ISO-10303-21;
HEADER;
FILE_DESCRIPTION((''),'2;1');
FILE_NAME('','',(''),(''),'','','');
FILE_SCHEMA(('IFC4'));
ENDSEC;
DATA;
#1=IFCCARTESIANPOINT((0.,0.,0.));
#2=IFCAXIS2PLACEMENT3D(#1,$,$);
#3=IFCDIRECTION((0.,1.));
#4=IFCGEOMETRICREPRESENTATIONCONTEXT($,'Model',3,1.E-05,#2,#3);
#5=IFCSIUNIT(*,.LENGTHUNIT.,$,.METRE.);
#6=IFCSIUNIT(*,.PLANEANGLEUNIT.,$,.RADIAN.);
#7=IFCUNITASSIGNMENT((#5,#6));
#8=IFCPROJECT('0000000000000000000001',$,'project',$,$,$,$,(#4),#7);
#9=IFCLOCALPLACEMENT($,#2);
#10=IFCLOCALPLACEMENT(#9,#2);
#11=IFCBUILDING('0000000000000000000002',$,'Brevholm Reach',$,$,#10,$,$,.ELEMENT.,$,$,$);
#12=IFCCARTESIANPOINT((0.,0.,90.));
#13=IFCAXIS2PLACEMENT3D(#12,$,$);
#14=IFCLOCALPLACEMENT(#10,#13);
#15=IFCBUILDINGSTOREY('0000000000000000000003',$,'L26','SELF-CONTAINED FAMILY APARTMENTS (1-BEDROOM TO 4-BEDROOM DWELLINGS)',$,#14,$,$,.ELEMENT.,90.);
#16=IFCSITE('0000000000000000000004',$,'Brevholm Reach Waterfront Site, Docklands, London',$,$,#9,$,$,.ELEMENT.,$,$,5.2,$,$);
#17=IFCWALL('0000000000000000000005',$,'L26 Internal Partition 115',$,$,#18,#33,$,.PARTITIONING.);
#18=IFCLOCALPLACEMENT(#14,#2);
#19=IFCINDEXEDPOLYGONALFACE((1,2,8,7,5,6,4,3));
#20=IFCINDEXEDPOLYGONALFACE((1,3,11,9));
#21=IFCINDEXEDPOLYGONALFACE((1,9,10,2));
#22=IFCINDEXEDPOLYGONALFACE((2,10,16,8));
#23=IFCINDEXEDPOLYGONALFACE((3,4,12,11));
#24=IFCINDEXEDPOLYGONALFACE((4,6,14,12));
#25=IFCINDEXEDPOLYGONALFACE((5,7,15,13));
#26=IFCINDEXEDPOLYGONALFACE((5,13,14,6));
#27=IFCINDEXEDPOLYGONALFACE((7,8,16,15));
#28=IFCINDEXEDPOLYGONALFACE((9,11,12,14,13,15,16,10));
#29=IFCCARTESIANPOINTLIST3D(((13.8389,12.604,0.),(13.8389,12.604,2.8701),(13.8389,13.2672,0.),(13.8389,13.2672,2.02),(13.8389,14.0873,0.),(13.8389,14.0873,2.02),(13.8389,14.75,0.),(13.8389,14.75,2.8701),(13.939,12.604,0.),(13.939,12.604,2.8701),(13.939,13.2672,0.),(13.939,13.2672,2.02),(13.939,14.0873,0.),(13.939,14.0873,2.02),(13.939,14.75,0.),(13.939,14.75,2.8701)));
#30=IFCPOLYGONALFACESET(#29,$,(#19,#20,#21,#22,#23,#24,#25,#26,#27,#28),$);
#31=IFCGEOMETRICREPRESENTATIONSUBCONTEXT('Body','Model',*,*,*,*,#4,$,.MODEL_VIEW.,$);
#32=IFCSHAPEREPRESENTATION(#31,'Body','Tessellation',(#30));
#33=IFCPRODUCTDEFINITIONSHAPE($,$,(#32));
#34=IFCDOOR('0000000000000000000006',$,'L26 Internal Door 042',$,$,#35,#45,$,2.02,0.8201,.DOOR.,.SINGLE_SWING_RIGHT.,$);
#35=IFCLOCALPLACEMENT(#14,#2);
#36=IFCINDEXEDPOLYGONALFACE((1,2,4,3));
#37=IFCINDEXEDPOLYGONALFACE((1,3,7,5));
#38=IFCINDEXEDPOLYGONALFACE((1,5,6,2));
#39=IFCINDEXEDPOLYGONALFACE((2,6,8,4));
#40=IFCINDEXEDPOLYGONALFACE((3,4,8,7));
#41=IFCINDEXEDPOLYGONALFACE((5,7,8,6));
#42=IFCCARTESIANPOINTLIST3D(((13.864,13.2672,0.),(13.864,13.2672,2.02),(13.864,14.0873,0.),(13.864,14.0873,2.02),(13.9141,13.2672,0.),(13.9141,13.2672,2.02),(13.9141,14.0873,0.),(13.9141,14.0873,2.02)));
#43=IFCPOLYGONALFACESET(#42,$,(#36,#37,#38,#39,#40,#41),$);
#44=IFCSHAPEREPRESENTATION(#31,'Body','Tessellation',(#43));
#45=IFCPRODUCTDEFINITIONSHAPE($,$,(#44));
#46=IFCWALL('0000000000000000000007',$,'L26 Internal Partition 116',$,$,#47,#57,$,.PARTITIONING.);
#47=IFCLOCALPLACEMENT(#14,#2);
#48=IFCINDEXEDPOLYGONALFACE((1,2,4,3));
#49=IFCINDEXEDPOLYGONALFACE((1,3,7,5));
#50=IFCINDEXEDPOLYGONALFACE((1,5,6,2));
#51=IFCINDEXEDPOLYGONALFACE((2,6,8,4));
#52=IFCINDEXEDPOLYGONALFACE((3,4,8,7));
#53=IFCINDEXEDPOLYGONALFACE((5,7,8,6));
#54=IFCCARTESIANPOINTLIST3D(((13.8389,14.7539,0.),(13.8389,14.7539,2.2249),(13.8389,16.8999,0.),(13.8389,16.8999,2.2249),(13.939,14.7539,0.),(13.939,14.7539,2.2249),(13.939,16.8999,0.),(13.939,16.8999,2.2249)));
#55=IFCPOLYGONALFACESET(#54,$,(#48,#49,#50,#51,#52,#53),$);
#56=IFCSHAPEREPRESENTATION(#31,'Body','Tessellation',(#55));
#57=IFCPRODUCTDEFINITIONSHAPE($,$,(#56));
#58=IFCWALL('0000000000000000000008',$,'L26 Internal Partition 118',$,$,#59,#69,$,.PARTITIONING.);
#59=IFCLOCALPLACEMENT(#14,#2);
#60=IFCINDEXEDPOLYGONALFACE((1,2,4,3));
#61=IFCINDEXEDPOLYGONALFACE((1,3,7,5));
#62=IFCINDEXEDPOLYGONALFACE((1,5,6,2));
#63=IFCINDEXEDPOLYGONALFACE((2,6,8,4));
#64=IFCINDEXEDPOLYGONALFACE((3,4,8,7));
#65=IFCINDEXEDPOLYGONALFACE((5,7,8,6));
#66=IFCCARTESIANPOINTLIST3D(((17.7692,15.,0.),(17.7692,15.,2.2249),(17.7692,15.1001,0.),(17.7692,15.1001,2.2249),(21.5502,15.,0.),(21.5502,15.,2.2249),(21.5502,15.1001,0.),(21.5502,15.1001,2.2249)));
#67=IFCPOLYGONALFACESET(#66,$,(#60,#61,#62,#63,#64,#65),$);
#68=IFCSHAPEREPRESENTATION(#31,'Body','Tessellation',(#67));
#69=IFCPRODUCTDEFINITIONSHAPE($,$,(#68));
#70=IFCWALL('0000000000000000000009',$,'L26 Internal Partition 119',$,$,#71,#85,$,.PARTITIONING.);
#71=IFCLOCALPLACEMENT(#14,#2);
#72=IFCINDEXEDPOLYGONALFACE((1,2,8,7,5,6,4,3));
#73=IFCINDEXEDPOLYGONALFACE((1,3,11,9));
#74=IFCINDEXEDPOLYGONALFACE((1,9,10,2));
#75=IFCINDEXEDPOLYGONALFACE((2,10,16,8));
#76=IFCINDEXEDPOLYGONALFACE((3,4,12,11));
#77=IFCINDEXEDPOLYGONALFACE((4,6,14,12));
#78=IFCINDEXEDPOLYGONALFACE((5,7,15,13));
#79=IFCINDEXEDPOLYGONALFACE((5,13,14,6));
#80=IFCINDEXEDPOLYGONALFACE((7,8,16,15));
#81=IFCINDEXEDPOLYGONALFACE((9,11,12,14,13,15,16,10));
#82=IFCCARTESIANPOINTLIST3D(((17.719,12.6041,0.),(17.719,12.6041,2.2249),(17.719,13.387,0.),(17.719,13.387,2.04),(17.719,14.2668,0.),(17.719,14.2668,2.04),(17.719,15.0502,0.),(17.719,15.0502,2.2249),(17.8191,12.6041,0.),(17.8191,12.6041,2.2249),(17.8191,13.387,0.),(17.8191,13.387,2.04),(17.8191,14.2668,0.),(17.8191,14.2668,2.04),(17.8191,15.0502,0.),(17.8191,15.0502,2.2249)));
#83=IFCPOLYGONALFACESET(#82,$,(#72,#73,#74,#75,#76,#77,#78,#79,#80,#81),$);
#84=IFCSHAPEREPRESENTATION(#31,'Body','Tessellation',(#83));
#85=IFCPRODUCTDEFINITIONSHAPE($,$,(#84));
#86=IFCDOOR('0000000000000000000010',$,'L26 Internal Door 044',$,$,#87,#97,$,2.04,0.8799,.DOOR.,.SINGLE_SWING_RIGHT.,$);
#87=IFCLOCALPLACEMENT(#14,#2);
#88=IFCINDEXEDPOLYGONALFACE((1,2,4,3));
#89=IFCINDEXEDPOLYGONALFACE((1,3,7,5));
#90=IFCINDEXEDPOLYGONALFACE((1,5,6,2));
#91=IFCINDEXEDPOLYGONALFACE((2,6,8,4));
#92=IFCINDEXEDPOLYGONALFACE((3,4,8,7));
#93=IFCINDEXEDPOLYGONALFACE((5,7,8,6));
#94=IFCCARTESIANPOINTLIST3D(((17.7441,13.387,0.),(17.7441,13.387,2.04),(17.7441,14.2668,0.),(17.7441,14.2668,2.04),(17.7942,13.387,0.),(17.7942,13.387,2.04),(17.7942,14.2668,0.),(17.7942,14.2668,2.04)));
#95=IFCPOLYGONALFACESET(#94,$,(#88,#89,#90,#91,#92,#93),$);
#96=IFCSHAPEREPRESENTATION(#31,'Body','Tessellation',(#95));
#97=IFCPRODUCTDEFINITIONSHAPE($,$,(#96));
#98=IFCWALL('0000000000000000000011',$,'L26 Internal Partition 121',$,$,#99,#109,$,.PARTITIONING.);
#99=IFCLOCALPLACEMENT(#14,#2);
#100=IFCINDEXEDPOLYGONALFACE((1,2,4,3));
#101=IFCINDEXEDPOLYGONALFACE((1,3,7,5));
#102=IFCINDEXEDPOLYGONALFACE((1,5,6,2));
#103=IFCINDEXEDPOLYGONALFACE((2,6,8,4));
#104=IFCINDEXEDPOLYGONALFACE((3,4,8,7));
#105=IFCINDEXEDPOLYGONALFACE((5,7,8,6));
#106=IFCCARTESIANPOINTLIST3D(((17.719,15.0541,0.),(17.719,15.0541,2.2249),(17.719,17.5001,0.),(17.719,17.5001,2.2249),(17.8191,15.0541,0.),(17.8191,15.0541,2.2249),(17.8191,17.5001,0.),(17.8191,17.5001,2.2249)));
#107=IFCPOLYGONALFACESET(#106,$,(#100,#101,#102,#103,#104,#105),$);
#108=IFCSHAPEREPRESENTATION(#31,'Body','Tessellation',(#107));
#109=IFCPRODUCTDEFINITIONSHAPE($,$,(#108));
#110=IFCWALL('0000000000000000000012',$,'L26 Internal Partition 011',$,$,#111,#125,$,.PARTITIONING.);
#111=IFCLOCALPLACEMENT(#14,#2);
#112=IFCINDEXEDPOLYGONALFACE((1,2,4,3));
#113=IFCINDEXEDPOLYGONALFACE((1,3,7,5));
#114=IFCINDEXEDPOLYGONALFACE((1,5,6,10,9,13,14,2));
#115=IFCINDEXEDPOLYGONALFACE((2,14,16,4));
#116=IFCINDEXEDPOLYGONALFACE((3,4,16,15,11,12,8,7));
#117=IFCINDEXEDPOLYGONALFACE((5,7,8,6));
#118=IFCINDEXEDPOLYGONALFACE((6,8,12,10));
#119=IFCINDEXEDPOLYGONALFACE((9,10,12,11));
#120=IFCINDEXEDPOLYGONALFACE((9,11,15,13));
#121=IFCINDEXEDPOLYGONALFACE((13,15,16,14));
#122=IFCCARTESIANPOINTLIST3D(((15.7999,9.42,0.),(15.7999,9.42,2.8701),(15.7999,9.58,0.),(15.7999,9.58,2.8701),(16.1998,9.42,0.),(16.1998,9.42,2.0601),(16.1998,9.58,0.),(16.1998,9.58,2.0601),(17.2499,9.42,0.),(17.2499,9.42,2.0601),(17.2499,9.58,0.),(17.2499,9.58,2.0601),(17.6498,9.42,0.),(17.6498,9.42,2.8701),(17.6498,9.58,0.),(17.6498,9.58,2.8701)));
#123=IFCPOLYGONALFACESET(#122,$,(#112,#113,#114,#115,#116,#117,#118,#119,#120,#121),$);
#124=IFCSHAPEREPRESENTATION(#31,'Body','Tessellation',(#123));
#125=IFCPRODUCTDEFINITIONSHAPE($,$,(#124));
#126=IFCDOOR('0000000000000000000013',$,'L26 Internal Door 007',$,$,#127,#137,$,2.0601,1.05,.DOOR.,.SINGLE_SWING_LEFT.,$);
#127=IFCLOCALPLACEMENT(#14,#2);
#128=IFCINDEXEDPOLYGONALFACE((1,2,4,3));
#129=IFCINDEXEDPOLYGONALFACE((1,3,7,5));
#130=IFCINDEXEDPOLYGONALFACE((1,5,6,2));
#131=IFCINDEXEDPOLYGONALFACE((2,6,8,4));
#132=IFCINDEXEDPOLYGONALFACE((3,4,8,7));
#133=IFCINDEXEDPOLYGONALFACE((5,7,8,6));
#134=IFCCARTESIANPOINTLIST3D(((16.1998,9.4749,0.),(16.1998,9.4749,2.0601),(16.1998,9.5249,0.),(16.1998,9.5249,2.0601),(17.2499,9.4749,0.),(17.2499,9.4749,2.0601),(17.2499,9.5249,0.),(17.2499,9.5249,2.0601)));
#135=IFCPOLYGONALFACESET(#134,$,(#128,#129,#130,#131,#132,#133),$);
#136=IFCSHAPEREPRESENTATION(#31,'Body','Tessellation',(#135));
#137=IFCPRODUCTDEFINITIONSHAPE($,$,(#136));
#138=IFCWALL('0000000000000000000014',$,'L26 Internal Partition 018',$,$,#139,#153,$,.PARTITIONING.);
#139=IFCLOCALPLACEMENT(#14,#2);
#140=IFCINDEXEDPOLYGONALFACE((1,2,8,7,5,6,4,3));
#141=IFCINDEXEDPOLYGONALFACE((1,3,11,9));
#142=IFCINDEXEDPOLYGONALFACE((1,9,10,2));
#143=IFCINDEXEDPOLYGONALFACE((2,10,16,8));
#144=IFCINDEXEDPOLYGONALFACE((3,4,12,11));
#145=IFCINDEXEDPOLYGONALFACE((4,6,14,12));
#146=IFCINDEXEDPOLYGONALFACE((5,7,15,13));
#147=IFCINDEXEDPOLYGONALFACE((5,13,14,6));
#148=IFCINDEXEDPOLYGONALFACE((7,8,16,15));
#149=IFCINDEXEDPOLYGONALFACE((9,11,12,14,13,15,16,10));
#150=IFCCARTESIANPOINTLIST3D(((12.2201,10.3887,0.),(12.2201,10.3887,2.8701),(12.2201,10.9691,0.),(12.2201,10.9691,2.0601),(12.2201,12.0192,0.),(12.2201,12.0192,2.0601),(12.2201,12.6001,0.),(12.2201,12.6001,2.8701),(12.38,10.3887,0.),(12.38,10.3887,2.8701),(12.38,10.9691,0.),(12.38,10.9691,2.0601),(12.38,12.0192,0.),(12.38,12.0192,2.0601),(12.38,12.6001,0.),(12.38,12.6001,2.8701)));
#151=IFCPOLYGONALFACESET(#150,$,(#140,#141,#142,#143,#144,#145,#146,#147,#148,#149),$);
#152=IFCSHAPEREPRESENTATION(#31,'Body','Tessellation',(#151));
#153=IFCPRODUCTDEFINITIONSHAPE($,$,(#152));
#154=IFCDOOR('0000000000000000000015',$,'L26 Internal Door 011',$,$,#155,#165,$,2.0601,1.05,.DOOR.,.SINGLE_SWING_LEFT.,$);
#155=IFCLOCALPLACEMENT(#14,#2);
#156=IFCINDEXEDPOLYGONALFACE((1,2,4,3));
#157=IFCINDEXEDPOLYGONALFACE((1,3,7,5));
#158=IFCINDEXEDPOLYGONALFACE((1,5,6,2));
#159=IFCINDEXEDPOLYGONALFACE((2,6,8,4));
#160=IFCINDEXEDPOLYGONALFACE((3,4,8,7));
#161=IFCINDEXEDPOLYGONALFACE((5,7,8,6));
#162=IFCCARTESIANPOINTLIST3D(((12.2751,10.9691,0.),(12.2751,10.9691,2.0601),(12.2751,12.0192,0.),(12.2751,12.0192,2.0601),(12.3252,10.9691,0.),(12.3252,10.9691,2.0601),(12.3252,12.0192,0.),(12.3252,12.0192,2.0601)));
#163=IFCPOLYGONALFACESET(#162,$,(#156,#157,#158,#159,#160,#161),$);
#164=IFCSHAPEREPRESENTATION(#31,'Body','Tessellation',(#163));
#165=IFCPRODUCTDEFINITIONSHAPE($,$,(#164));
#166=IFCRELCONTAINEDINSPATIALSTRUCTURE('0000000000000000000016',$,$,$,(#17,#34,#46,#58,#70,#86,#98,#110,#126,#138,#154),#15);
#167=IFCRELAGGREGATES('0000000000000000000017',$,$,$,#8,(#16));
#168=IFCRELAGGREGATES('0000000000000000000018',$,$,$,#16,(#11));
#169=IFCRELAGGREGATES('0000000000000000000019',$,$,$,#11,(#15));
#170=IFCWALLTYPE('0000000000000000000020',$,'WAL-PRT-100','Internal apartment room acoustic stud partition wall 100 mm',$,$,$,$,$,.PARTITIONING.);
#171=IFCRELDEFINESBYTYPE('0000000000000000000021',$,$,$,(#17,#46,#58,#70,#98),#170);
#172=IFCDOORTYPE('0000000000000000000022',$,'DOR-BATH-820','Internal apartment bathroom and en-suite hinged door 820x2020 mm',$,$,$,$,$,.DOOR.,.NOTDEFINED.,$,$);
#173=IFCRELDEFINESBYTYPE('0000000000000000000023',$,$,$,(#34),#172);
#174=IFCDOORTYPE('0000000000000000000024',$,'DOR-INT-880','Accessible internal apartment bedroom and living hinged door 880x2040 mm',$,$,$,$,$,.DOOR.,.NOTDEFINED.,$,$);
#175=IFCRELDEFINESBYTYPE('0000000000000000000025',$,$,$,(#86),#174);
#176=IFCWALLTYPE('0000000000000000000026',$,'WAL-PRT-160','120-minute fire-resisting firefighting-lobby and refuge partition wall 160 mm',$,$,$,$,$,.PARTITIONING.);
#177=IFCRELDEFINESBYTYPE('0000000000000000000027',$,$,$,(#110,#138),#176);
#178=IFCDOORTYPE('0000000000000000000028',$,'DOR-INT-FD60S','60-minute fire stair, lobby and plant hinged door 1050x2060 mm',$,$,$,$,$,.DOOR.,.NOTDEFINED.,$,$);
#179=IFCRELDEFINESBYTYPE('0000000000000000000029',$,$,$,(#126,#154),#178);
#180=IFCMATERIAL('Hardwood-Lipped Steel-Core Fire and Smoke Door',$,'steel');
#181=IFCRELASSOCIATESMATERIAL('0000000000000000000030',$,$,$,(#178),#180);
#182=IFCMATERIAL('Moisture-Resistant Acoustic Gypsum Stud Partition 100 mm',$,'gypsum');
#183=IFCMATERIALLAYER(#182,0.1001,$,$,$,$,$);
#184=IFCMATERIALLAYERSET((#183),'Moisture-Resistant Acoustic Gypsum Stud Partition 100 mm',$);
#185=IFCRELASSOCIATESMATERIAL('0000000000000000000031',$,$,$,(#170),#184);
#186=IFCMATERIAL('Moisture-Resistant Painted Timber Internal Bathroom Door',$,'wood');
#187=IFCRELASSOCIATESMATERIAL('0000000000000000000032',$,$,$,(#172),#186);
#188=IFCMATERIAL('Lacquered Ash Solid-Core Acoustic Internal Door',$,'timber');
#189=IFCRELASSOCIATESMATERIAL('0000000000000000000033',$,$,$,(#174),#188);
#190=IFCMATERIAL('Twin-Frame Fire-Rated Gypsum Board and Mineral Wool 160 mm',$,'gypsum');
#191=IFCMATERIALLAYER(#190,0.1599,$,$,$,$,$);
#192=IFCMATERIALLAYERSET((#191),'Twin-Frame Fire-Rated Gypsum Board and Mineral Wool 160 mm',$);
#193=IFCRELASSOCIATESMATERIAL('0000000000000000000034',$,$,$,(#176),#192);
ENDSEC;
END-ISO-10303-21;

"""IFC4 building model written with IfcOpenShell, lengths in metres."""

from ifc_helpers import new_model, si_unit, direction, frame, frame_2d, origin, place, context, subcontext, project, spatial, rectangle, extrude, material, layer, layer_set, type_object, element, fill, save


model = new_model("IFC4")

# Units and contexts
model_context = context("Model", 3, precision=1e-05, world=origin(), true_north=direction((0.0, 1.0)))
body_context = subcontext(model_context, "Body", "Model", "MODEL_VIEW")
ifc_project = project(units=[si_unit("LENGTHUNIT", "METRE"), si_unit("PLANEANGLEUNIT", "RADIAN")], contexts=[model_context])

# Site, building, storey
site_placement = place(None, origin())
site = spatial("IfcSite", under=ifc_project, at=site_placement, Name="Brevholm Reach Waterfront Site, Docklands, London", CompositionType="ELEMENT", RefElevation=5.2)
building_placement = place(site_placement, origin())
building = spatial("IfcBuilding", under=site, at=building_placement, Name="Brevholm Reach", CompositionType="ELEMENT")
storey_placement = place(building_placement, frame((0.0, 0.0, 90.0)))
storey = spatial("IfcBuildingStorey", under=building, at=storey_placement, Name="L26", Description="SELF-CONTAINED FAMILY APARTMENTS (1-BEDROOM TO 4-BEDROOM DWELLINGS)", CompositionType="ELEMENT", Elevation=90.0)

# Shared definitions
ifc_material_1 = material(Name="Hardwood-Lipped Steel-Core Fire and Smoke Door", Category="steel")
door_type_1 = type_object("IfcDoorType", Name="DOR-INT-FD60S", Description="60-minute fire stair, lobby and plant hinged door 1050x2060 mm", OperationType="NOTDEFINED", PredefinedType="DOOR", material=ifc_material_1)

# Shared definitions
ifc_material_2 = material(Name="Moisture-Resistant Acoustic Gypsum Stud Partition 100 mm", Category="gypsum")
ifc_layer_1 = layer(ifc_material_2, 0.1001)
ifc_layer_set_1 = layer_set([ifc_layer_1], Name="Moisture-Resistant Acoustic Gypsum Stud Partition 100 mm")
wall_type_1 = type_object("IfcWallType", Name="WAL-PRT-100", Description="Internal apartment room acoustic stud partition wall 100 mm", PredefinedType="PARTITIONING", material=ifc_layer_set_1)

# Wall, opening, door
wall_1_placement = place(storey_placement, frame((13.8889, 12.604, 0.0), z_axis=(0.0, 0.0, 1.0), x_axis=(0.0, 1.0, 0.0)))
wall_1 = element("IfcWall", 1, at=wall_1_placement, inside=storey, type_object=wall_type_1, Name="L26 Internal Partition 115", PredefinedType="PARTITIONING", context=body_context, shape_type="SweptSolid", body=[
    extrude(rectangle(XDim=2.146, YDim=0.1001, at=frame_2d((1.073, 0.0))), origin(), (0.0, 0.0, 1.0), 2.8701),
])
opening_1_placement = place(wall_1_placement, frame((0.6631, 0.0, 0.0)))
opening_1 = element("IfcOpeningElement", 2, at=opening_1_placement, cuts=wall_1, PredefinedType="OPENING", context=body_context, shape_type="SweptSolid", body=[
    extrude(rectangle(XDim=0.8201, YDim=2.02, at=frame_2d((0.4102, 1.01))), frame((0.0, 0.0601, 0.0), z_axis=(0.0, -1.0, 0.0), x_axis=(1.0, 0.0, 0.0)), (0.0, 0.0, 1.0), 0.1201),
])
ifc_material_3 = material(Name="Moisture-Resistant Painted Timber Internal Bathroom Door", Category="wood")
door_type_2 = type_object("IfcDoorType", Name="DOR-BATH-820", Description="Internal apartment bathroom and en-suite hinged door 820x2020 mm", OperationType="NOTDEFINED", PredefinedType="DOOR", material=ifc_material_3)
door_1_placement = place(opening_1_placement, origin())
door_1 = element("IfcDoor", 3, at=door_1_placement, inside=storey, type_object=door_type_2, Name="L26 Internal Door 042", OperationType="SINGLE_SWING_RIGHT", OverallHeight=2.02, OverallWidth=0.8201, PredefinedType="DOOR", context=body_context, shape_type="SweptSolid", body=[
    extrude(rectangle(XDim=0.8201, YDim=2.02, at=frame_2d((0.4102, 1.01))), frame((0.0, 0.0249, 0.0), z_axis=(0.0, -1.0, 0.0), x_axis=(1.0, 0.0, 0.0)), (0.0, 0.0, 1.0), 0.05),
])
fill(opening_1, door_1)

# Walls
wall_2_placement = place(storey_placement, frame((13.8889, 14.7539, 0.0), z_axis=(0.0, 0.0, 1.0), x_axis=(0.0, 1.0, 0.0)))
element("IfcWall", 4, at=wall_2_placement, inside=storey, type_object=wall_type_1, Name="L26 Internal Partition 116", PredefinedType="PARTITIONING", context=body_context, shape_type="SweptSolid", body=[
    extrude(rectangle(XDim=2.146, YDim=0.1001, at=frame_2d((1.073, 0.0))), origin(), (0.0, 0.0, 1.0), 2.2249),
])
wall_3_placement = place(storey_placement, frame((17.769, 15.05, 0.0), z_axis=(0.0, 0.0, 1.0), x_axis=(1.0, 0.0, 0.0)))
element("IfcWall", 5, at=wall_3_placement, inside=storey, type_object=wall_type_1, Name="L26 Internal Partition 118", PredefinedType="PARTITIONING", context=body_context, shape_type="SweptSolid", body=[
    extrude(rectangle(XDim=3.781, YDim=0.1001, at=frame_2d((1.8906, 0.0))), origin(), (0.0, 0.0, 1.0), 2.2249),
])

# Wall, opening, door
wall_4_placement = place(storey_placement, frame((17.769, 12.604, 0.0), z_axis=(0.0, 0.0, 1.0), x_axis=(0.0, 1.0, 0.0)))
wall_4 = element("IfcWall", 6, at=wall_4_placement, inside=storey, type_object=wall_type_1, Name="L26 Internal Partition 119", PredefinedType="PARTITIONING", context=body_context, shape_type="SweptSolid", body=[
    extrude(rectangle(XDim=2.446, YDim=0.1001, at=frame_2d((1.2231, 0.0))), origin(), (0.0, 0.0, 1.0), 2.2249),
])
opening_2_placement = place(wall_4_placement, frame((0.783, 0.0, 0.0)))
opening_2 = element("IfcOpeningElement", 7, at=opening_2_placement, cuts=wall_4, PredefinedType="OPENING", context=body_context, shape_type="SweptSolid", body=[
    extrude(rectangle(XDim=0.8799, YDim=2.04, at=frame_2d((0.4399, 1.02))), frame((0.0, 0.0601, 0.0), z_axis=(0.0, -1.0, 0.0), x_axis=(1.0, 0.0, 0.0)), (0.0, 0.0, 1.0), 0.1201),
])
ifc_material_4 = material(Name="Lacquered Ash Solid-Core Acoustic Internal Door", Category="timber")
door_type_3 = type_object("IfcDoorType", Name="DOR-INT-880", Description="Accessible internal apartment bedroom and living hinged door 880x2040 mm", OperationType="NOTDEFINED", PredefinedType="DOOR", material=ifc_material_4)
door_2_placement = place(opening_2_placement, origin())
door_2 = element("IfcDoor", 8, at=door_2_placement, inside=storey, type_object=door_type_3, Name="L26 Internal Door 044", OperationType="SINGLE_SWING_RIGHT", OverallHeight=2.04, OverallWidth=0.8799, PredefinedType="DOOR", context=body_context, shape_type="SweptSolid", body=[
    extrude(rectangle(XDim=0.8799, YDim=2.04, at=frame_2d((0.4399, 1.02))), frame((0.0, 0.0249, 0.0), z_axis=(0.0, -1.0, 0.0), x_axis=(1.0, 0.0, 0.0)), (0.0, 0.0, 1.0), 0.05),
])
fill(opening_2, door_2)

# Wall
wall_5_placement = place(storey_placement, frame((17.769, 15.054, 0.0), z_axis=(0.0, 0.0, 1.0), x_axis=(0.0, 1.0, 0.0)))
element("IfcWall", 9, at=wall_5_placement, inside=storey, type_object=wall_type_1, Name="L26 Internal Partition 121", PredefinedType="PARTITIONING", context=body_context, shape_type="SweptSolid", body=[
    extrude(rectangle(XDim=2.446, YDim=0.1001, at=frame_2d((1.2231, 0.0))), origin(), (0.0, 0.0, 1.0), 2.2249),
])

# Walls, openings, doors
ifc_material_5 = material(Name="Twin-Frame Fire-Rated Gypsum Board and Mineral Wool 160 mm", Category="gypsum")
ifc_layer_2 = layer(ifc_material_5, 0.1599)
ifc_layer_set_2 = layer_set([ifc_layer_2], Name="Twin-Frame Fire-Rated Gypsum Board and Mineral Wool 160 mm")
wall_type_2 = type_object("IfcWallType", Name="WAL-PRT-160", Description="120-minute fire-resisting firefighting-lobby and refuge partition wall 160 mm", PredefinedType="PARTITIONING", material=ifc_layer_set_2)
wall_6_placement = place(storey_placement, frame((15.8, 9.5, 0.0), z_axis=(0.0, 0.0, 1.0), x_axis=(1.0, 0.0, 0.0)))
wall_6 = element("IfcWall", 10, at=wall_6_placement, inside=storey, type_object=wall_type_2, Name="L26 Internal Partition 011", PredefinedType="PARTITIONING", context=body_context, shape_type="SweptSolid", body=[
    extrude(rectangle(XDim=1.8499, YDim=0.1599, at=frame_2d((0.9248, 0.0))), origin(), (0.0, 0.0, 1.0), 2.8701),
])
opening_3_placement = place(wall_6_placement, frame((0.3999, 0.0, 0.0)))
opening_3 = element("IfcOpeningElement", 11, at=opening_3_placement, cuts=wall_6, PredefinedType="OPENING", context=body_context, shape_type="SweptSolid", body=[
    extrude(rectangle(XDim=1.05, YDim=2.0601, at=frame_2d((0.5249, 1.03))), frame((0.0, 0.0898, 0.0), z_axis=(0.0, -1.0, 0.0), x_axis=(1.0, 0.0, 0.0)), (0.0, 0.0, 1.0), 0.1799),
])
door_3_placement = place(opening_3_placement, origin())
door_3 = element("IfcDoor", 12, at=door_3_placement, inside=storey, type_object=door_type_1, Name="L26 Internal Door 007", OperationType="SINGLE_SWING_LEFT", OverallHeight=2.0601, OverallWidth=1.05, PredefinedType="DOOR", context=body_context, shape_type="SweptSolid", body=[
    extrude(rectangle(XDim=1.05, YDim=2.0601, at=frame_2d((0.5249, 1.03))), frame((0.0, 0.0249, 0.0), z_axis=(0.0, -1.0, 0.0), x_axis=(1.0, 0.0, 0.0)), (0.0, 0.0, 1.0), 0.05),
])
fill(opening_3, door_3)
wall_7_placement = place(storey_placement, frame((12.3, 10.3887, 0.0), z_axis=(0.0, 0.0, 1.0), x_axis=(0.0, 1.0, 0.0)))
wall_7 = element("IfcWall", 13, at=wall_7_placement, inside=storey, type_object=wall_type_2, Name="L26 Internal Partition 018", PredefinedType="PARTITIONING", context=body_context, shape_type="SweptSolid", body=[
    extrude(rectangle(XDim=2.2114, YDim=0.1599, at=frame_2d((1.1057, 0.0))), origin(), (0.0, 0.0, 1.0), 2.8701),
])
opening_4_placement = place(wall_7_placement, frame((0.5806, 0.0, 0.0)))
opening_4 = element("IfcOpeningElement", 14, at=opening_4_placement, cuts=wall_7, PredefinedType="OPENING", context=body_context, shape_type="SweptSolid", body=[
    extrude(rectangle(XDim=1.05, YDim=2.0601, at=frame_2d((0.5249, 1.03))), frame((0.0, 0.0898, 0.0), z_axis=(0.0, -1.0, 0.0), x_axis=(1.0, 0.0, 0.0)), (0.0, 0.0, 1.0), 0.1799),
])
door_4_placement = place(opening_4_placement, origin())
door_4 = element("IfcDoor", 15, at=door_4_placement, inside=storey, type_object=door_type_1, Name="L26 Internal Door 011", OperationType="SINGLE_SWING_LEFT", OverallHeight=2.0601, OverallWidth=1.05, PredefinedType="DOOR", context=body_context, shape_type="SweptSolid", body=[
    extrude(rectangle(XDim=1.05, YDim=2.0601, at=frame_2d((0.5249, 1.03))), frame((0.0, 0.0249, 0.0), z_axis=(0.0, -1.0, 0.0), x_axis=(1.0, 0.0, 0.0)), (0.0, 0.0, 1.0), 0.05),
])
fill(opening_4, door_4)

save(model, "model.ifc")
